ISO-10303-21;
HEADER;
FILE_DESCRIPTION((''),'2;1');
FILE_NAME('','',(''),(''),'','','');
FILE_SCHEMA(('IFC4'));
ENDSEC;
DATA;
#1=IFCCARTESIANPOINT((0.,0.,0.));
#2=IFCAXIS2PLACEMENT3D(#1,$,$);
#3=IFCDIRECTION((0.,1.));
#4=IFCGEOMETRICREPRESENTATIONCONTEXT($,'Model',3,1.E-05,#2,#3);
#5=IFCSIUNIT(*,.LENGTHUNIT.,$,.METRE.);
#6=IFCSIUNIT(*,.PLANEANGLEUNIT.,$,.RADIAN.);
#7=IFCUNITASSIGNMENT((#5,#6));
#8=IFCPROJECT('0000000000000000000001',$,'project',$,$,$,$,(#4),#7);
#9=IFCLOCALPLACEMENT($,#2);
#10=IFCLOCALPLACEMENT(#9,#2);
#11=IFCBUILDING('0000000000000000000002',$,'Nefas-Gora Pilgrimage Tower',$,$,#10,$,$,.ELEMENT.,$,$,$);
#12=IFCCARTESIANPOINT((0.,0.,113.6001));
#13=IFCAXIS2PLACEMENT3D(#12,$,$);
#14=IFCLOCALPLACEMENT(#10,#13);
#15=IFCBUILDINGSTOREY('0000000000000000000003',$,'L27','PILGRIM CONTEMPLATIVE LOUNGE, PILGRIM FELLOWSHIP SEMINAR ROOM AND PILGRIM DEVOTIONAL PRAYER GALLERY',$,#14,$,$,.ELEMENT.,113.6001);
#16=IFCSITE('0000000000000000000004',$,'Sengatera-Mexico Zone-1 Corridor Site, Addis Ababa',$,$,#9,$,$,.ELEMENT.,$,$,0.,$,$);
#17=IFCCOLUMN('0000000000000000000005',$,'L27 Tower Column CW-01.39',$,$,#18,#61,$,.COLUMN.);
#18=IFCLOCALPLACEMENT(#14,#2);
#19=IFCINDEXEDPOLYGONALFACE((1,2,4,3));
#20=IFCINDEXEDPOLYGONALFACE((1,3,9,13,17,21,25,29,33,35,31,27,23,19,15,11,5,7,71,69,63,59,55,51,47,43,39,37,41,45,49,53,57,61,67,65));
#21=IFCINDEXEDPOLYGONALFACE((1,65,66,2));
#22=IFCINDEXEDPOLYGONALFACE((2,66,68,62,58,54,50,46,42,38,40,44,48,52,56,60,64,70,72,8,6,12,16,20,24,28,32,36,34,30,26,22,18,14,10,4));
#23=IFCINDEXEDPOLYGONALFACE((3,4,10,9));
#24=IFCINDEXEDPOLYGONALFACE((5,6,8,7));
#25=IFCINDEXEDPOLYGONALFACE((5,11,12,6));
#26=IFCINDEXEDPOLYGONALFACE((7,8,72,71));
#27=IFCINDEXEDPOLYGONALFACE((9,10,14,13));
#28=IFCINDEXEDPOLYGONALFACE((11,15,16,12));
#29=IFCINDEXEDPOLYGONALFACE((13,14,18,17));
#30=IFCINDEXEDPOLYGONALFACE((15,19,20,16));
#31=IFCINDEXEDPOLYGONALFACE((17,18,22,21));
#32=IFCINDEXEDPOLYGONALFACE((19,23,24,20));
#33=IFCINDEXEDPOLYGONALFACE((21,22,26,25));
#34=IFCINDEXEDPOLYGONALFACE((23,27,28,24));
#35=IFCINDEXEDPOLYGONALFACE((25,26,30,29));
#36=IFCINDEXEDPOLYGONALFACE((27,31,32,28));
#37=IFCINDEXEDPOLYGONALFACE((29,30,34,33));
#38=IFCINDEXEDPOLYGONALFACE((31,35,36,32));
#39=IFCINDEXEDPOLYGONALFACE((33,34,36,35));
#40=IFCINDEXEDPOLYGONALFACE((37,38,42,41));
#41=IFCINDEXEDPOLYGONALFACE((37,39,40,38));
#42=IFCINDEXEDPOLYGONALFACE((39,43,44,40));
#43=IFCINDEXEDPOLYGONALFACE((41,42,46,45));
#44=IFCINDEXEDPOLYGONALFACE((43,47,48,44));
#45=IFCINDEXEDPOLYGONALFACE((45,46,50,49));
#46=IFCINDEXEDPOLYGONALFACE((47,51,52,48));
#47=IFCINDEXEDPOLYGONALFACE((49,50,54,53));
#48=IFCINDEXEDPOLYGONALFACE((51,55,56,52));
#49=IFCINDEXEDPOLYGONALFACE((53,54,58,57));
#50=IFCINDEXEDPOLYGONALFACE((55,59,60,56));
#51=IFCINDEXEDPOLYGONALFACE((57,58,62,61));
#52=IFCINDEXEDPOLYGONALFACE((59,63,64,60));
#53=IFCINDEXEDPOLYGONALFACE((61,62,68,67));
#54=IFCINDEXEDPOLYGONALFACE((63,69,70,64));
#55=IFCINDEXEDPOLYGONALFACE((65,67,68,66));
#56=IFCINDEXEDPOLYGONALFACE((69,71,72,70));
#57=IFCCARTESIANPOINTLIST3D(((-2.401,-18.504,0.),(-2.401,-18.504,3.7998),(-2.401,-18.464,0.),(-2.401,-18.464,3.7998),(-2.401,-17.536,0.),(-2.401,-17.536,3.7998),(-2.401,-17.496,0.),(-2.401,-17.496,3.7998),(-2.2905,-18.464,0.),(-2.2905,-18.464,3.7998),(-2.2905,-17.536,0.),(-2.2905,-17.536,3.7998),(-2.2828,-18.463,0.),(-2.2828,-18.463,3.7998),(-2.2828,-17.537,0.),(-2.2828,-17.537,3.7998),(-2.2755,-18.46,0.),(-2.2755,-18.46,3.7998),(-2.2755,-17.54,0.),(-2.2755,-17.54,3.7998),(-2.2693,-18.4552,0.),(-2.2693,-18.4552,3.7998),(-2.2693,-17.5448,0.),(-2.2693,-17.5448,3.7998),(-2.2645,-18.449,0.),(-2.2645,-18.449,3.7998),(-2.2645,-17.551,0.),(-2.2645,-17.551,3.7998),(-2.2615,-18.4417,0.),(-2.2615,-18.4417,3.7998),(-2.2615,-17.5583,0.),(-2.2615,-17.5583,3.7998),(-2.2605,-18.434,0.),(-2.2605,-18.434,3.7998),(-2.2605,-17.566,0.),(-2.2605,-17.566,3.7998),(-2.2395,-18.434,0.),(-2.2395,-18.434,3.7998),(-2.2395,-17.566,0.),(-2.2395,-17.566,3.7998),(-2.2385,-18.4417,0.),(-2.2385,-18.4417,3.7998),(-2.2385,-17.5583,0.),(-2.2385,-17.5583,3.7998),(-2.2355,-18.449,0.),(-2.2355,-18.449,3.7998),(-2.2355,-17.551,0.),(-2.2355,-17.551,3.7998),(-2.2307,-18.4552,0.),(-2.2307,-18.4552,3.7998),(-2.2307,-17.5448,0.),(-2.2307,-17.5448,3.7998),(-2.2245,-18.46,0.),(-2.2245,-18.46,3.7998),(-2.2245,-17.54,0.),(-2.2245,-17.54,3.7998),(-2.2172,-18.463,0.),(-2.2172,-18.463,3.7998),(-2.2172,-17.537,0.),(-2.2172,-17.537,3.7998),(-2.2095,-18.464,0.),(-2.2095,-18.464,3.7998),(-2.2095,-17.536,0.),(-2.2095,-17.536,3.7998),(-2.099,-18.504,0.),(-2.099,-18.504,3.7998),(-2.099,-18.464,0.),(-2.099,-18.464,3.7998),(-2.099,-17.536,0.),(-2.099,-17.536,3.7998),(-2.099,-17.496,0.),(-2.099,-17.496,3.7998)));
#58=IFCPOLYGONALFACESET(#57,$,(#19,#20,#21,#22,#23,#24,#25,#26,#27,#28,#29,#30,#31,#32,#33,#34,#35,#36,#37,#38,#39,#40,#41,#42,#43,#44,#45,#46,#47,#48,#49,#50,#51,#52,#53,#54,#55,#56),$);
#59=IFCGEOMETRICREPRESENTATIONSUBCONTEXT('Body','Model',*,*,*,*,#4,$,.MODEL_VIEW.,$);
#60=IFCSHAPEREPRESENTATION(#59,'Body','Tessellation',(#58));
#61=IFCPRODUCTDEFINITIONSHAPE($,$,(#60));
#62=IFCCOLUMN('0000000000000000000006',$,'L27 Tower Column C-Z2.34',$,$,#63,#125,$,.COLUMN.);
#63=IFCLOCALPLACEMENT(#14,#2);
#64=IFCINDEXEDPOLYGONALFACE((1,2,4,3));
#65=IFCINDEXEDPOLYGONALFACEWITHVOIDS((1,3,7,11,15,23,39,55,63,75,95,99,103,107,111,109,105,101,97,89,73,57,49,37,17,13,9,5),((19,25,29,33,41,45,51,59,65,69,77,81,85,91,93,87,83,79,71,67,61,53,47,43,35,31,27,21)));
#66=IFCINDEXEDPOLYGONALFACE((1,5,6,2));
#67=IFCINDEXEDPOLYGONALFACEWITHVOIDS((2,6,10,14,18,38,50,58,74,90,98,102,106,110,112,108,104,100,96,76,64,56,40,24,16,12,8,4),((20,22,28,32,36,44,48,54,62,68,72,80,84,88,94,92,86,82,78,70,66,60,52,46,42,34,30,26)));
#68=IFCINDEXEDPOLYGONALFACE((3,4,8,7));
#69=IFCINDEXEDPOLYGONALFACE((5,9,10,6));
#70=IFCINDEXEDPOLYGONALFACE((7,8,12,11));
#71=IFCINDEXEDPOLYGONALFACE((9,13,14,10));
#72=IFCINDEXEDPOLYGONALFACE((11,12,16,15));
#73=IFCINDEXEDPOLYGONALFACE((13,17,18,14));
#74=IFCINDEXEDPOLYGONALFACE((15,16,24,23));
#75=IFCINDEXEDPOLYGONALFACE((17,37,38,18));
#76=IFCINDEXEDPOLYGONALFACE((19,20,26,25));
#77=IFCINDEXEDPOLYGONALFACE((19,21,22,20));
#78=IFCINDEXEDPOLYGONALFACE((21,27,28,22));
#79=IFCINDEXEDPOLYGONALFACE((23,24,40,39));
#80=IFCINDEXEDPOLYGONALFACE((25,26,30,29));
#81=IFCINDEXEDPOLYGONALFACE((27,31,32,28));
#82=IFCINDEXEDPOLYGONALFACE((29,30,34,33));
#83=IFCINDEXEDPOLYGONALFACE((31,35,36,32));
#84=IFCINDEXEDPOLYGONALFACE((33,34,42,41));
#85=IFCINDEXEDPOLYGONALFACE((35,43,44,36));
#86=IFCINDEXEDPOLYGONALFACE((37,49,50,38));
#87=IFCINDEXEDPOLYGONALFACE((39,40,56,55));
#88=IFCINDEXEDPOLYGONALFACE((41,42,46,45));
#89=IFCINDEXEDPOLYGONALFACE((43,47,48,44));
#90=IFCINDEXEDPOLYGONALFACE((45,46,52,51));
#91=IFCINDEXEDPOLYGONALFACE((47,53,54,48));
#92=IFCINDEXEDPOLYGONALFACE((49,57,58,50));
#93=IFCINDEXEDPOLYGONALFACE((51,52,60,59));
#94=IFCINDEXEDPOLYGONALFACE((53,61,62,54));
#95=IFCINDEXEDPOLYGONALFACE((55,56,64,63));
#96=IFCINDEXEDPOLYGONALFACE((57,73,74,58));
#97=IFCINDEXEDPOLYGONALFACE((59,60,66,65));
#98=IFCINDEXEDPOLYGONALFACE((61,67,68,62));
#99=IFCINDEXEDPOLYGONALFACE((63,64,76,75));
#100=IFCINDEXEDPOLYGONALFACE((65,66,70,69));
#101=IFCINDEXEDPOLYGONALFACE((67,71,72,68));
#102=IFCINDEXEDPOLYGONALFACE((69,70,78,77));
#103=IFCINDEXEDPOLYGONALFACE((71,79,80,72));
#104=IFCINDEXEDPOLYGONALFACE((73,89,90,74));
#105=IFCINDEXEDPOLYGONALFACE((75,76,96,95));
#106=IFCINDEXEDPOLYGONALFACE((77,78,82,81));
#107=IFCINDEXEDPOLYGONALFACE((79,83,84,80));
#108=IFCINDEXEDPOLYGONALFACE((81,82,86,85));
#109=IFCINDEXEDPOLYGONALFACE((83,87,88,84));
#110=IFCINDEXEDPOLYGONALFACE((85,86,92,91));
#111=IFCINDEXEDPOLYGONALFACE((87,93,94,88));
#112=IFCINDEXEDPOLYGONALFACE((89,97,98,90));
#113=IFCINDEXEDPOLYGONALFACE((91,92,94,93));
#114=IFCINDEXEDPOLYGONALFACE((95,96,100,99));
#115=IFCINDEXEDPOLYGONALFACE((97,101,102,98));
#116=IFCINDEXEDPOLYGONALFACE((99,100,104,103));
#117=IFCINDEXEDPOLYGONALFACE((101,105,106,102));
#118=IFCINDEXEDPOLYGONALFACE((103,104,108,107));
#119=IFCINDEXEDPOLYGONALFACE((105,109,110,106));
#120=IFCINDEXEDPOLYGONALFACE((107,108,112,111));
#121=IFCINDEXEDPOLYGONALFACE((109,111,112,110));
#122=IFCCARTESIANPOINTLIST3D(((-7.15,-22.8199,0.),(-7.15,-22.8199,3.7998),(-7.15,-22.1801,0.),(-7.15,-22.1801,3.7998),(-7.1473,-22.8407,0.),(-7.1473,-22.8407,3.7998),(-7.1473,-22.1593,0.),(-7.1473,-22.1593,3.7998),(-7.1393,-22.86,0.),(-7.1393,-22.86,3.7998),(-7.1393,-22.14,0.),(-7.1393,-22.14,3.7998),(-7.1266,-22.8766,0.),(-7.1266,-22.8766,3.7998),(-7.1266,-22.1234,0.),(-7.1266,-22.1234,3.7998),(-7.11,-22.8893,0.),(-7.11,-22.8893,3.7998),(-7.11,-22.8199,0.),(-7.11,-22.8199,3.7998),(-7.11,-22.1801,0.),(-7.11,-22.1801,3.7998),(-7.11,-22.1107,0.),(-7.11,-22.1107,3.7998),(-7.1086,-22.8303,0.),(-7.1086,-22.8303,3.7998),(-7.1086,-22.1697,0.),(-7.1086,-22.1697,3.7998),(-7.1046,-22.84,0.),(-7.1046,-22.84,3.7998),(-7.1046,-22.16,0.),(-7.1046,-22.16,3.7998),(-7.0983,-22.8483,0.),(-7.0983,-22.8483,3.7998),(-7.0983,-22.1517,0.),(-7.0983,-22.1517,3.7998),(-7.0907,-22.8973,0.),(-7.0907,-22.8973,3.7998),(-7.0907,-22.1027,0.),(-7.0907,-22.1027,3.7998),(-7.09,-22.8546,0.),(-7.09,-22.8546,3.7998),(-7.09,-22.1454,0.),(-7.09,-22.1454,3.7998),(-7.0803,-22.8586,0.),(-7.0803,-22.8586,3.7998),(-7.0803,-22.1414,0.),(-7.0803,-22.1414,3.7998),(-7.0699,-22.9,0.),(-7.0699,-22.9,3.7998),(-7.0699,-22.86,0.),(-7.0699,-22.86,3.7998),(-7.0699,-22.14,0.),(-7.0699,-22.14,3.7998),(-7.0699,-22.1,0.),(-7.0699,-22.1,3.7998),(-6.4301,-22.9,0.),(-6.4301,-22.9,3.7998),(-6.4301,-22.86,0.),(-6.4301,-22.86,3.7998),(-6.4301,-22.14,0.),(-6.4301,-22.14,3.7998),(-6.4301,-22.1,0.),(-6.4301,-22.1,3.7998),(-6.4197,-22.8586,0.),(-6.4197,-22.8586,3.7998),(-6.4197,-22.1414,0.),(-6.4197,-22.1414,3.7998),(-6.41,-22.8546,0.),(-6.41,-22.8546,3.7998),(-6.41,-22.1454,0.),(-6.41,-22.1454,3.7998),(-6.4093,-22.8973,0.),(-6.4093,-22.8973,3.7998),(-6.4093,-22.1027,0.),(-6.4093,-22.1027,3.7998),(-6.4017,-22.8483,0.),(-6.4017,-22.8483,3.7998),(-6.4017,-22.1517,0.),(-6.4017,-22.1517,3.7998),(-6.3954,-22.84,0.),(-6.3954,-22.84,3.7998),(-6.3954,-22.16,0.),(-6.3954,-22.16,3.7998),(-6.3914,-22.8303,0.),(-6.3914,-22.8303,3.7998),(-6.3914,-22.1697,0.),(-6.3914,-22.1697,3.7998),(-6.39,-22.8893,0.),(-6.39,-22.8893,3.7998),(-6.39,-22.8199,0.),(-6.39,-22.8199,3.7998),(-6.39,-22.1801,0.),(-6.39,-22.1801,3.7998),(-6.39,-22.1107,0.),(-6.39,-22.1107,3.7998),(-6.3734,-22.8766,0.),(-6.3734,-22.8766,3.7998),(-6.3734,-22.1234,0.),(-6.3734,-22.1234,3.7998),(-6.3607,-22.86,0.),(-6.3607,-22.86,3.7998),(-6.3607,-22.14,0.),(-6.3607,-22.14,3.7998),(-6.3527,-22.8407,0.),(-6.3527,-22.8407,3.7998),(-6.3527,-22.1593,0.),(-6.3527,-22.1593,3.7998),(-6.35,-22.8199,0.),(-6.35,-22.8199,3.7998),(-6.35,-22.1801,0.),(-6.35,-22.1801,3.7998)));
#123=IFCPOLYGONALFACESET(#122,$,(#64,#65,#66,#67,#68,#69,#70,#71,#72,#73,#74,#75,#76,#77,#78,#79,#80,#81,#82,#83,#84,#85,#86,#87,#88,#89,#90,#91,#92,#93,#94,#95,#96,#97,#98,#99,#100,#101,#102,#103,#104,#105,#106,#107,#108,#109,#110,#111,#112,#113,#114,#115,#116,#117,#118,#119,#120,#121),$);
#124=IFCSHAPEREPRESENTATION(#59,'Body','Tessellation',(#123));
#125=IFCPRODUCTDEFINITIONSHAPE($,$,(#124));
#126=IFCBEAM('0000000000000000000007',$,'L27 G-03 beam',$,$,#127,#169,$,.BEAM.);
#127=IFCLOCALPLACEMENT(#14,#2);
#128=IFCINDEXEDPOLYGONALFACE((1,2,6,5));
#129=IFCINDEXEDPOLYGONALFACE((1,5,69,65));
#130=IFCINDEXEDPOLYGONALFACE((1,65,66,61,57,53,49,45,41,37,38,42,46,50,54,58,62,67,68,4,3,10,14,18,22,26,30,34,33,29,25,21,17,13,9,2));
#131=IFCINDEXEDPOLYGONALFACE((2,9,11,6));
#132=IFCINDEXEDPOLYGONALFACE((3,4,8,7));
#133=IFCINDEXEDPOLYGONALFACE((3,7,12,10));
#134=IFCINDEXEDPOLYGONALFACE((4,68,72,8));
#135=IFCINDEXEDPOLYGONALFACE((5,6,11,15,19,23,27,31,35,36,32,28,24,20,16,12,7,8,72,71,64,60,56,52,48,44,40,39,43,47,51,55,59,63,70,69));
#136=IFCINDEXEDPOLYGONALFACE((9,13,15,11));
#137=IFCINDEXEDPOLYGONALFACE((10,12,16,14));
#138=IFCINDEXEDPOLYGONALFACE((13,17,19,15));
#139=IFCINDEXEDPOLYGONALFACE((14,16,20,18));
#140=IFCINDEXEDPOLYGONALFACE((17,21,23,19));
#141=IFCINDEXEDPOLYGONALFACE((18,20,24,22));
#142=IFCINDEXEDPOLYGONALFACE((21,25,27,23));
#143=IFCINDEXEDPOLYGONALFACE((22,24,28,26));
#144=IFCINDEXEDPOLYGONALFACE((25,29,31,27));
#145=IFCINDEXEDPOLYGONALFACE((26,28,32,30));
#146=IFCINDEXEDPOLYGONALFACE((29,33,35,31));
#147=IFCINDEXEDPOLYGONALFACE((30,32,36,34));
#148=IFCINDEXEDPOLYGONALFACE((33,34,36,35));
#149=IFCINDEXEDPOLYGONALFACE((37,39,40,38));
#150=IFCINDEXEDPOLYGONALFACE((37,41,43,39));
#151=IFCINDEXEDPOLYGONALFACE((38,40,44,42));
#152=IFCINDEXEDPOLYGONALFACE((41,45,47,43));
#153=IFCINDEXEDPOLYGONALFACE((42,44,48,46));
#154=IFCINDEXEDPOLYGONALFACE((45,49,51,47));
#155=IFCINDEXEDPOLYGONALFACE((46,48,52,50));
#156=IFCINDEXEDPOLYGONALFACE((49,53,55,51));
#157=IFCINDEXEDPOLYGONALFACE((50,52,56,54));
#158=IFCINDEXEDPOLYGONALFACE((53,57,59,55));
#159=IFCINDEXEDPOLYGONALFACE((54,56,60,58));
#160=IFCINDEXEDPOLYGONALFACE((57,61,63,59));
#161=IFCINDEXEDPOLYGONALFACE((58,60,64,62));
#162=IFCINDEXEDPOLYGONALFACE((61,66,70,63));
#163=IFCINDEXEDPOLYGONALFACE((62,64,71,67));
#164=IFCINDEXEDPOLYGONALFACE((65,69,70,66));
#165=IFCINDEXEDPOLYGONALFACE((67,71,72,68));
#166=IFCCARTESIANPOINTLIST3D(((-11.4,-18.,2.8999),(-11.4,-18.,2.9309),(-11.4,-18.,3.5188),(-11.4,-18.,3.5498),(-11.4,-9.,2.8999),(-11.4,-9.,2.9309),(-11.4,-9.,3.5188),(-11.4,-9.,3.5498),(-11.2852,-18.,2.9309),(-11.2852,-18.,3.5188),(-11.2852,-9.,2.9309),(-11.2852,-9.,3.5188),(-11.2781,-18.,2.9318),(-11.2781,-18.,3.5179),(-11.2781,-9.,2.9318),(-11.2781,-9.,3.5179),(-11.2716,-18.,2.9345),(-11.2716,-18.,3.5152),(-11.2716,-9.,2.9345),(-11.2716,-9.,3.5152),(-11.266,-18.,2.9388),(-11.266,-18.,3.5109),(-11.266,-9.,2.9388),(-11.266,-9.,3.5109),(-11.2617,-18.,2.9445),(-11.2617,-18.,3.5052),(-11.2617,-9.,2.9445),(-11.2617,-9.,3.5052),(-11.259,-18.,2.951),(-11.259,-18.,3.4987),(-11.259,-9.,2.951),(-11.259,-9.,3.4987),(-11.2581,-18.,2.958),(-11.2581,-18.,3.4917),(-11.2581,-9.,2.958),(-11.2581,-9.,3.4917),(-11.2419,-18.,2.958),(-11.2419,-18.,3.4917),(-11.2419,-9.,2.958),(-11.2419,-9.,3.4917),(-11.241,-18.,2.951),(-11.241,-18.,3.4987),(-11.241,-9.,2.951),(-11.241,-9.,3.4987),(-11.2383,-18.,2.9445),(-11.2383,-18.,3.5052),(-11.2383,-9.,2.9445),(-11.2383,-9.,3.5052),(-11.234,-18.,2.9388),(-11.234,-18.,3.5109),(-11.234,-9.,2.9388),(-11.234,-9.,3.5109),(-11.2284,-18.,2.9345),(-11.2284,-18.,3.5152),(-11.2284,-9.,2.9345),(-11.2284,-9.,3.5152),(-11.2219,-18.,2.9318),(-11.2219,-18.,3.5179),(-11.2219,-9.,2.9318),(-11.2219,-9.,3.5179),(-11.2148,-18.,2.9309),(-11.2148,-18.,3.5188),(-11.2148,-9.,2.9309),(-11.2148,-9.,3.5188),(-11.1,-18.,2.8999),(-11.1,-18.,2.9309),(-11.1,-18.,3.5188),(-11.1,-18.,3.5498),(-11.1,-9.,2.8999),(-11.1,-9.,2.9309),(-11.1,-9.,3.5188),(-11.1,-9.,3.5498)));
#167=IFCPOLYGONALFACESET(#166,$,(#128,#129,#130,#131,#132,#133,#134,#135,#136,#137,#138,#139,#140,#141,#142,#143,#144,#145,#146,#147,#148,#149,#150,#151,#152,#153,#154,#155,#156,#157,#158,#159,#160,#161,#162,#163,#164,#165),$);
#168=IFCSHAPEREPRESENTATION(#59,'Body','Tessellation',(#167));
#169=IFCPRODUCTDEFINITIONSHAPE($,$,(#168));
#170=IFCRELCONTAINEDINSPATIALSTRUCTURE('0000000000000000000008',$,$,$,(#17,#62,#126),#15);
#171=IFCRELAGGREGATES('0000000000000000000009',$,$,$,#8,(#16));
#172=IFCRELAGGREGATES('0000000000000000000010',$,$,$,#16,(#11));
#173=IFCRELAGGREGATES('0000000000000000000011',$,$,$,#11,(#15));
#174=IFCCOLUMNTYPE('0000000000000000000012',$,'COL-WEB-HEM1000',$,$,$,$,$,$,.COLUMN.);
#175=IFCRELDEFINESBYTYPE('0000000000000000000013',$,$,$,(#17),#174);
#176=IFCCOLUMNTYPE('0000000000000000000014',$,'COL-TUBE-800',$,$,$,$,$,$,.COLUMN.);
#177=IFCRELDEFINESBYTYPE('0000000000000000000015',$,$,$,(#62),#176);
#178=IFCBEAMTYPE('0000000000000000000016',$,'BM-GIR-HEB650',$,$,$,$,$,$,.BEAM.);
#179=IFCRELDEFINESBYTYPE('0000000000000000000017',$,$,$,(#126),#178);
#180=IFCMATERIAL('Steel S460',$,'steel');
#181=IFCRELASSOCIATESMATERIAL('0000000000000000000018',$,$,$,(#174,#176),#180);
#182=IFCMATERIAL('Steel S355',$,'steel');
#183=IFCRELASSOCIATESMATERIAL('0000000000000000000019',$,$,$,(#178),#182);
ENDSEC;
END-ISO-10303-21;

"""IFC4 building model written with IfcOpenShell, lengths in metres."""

from ifc_helpers import new_model, si_unit, direction, frame, origin, origin_2d, place, context, subcontext, project, spatial, hollow_rectangle, i_section, extrude, source, transform, mapped, material, material_profile, profile_set, type_object, element, save


model = new_model("IFC4")

# Units and contexts
model_context = context("Model", 3, precision=1e-05, world=origin(), true_north=direction((0.0, 1.0)))
body_context = subcontext(model_context, "Body", "Model", "MODEL_VIEW")
ifc_project = project(units=[si_unit("LENGTHUNIT", "METRE"), si_unit("PLANEANGLEUNIT", "RADIAN")], contexts=[model_context])

# Site, building, storey
site_placement = place(None, origin())
site = spatial("IfcSite", under=ifc_project, at=site_placement, Name="Sengatera-Mexico Zone-1 Corridor Site, Addis Ababa", CompositionType="ELEMENT", RefElevation=0.0)
building_placement = place(site_placement, origin())
building = spatial("IfcBuilding", under=site, at=building_placement, Name="Nefas-Gora Pilgrimage Tower", CompositionType="ELEMENT")
storey_placement = place(building_placement, frame((0.0, 0.0, 113.6001)))
storey = spatial("IfcBuildingStorey", under=building, at=storey_placement, Name="L27", Description="PILGRIM CONTEMPLATIVE LOUNGE, PILGRIM FELLOWSHIP SEMINAR ROOM AND PILGRIM DEVOTIONAL PRAYER GALLERY", CompositionType="ELEMENT", Elevation=113.6001)

# Columns
ifc_material_1 = material(Name="Steel S460", Category="steel")
ifc_material_profile_1 = material_profile(ifc_material_1, i_section(OverallWidth=0.302, OverallDepth=1.0081, WebThickness=0.021, FlangeThickness=0.04, FilletRadius=0.03, at=origin_2d()), Name="HEM 1000")
ifc_profile_set_1 = profile_set([ifc_material_profile_1], Name="Steel S460")
column_type_1 = type_object("IfcColumnType", Name="COL-WEB-HEM1000", PredefinedType="COLUMN", material=ifc_profile_set_1)
shared_shape_1 = source(origin(), body_context, "Body", "SweptSolid", [
    extrude(i_section(OverallWidth=0.302, OverallDepth=1.0081, WebThickness=0.021, FlangeThickness=0.04, FilletRadius=0.03, at=origin_2d()), origin(), (0.0, 0.0, 1.0), 3.7998),
])
for number, where, z_axis, x_axis, name in (
    (1, (-2.25, -18.0, 0.0), (0.0, 0.0, 1.0), (1.0, 0.0, 0.0), "L27 Tower Column CW-01.39"),
):
    element("IfcColumn", number, at=place(storey_placement, frame(where, z_axis=z_axis, x_axis=x_axis)), inside=storey, type_object=column_type_1, Name=name, PredefinedType="COLUMN", context=body_context, shape_type="MappedRepresentation", body=[
        mapped(shared_shape_1, transform((0.0, 0.0, 0.0), x_axis=(1.0, 0.0, 0.0), y_axis=(0.0, 1.0, 0.0), z_axis=(0.0, 0.0, 1.0), scale=1.0)),
    ])
ifc_material_profile_2 = material_profile(ifc_material_1, hollow_rectangle(XDim=0.8, YDim=0.8, WallThickness=0.04, InnerFilletRadius=0.04, OuterFilletRadius=0.0801, at=origin_2d()), Name="BOX 800x800x40")
ifc_profile_set_2 = profile_set([ifc_material_profile_2], Name="Steel S460")
column_type_2 = type_object("IfcColumnType", Name="COL-TUBE-800", PredefinedType="COLUMN", material=ifc_profile_set_2)
shared_shape_2 = source(origin(), body_context, "Body", "SweptSolid", [
    extrude(hollow_rectangle(XDim=0.8, YDim=0.8, WallThickness=0.04, InnerFilletRadius=0.04, OuterFilletRadius=0.0801, at=origin_2d()), origin(), (0.0, 0.0, 1.0), 3.7998),
])
column_placement = place(storey_placement, frame((-6.75, -22.5, 0.0), z_axis=(0.0, 0.0, 1.0), x_axis=(1.0, 0.0, 0.0)))
element("IfcColumn", 2, at=column_placement, inside=storey, type_object=column_type_2, Name="L27 Tower Column C-Z2.34", PredefinedType="COLUMN", context=body_context, shape_type="MappedRepresentation", body=[
    mapped(shared_shape_2, transform((0.0, 0.0, 0.0), x_axis=(1.0, 0.0, 0.0), y_axis=(0.0, 1.0, 0.0), z_axis=(0.0, 0.0, 1.0), scale=1.0)),
])

# Beam
ifc_material_2 = material(Name="Steel S355", Category="steel")
ifc_material_profile_3 = material_profile(ifc_material_2, i_section(OverallWidth=0.3, OverallDepth=0.6499, WebThickness=0.0161, FlangeThickness=0.031, FilletRadius=0.0271, at=origin_2d()), Name="HEB 650")
ifc_profile_set_3 = profile_set([ifc_material_profile_3], Name="Steel S355")
beam_type = type_object("IfcBeamType", Name="BM-GIR-HEB650", PredefinedType="BEAM", material=ifc_profile_set_3)
shared_shape_3 = source(origin(), body_context, "Body", "SweptSolid", [
    extrude(i_section(OverallWidth=0.3, OverallDepth=0.6499, WebThickness=0.0161, FlangeThickness=0.031, FilletRadius=0.0271, at=origin_2d()), origin(), (0.0, 0.0, 1.0), 9.0),
])
beam_placement = place(storey_placement, frame((-11.25, -18.0, 3.2249), z_axis=(0.0, 1.0, 0.0), x_axis=(-1.0, 0.0, 0.0)))
element("IfcBeam", 3, at=beam_placement, inside=storey, type_object=beam_type, Name="L27 G-03 beam", PredefinedType="BEAM", context=body_context, shape_type="MappedRepresentation", body=[
    mapped(shared_shape_3, transform((0.0, 0.0, 0.0), x_axis=(1.0, 0.0, 0.0), y_axis=(0.0, 1.0, 0.0), z_axis=(0.0, 0.0, 1.0), scale=1.0)),
])

save(model, "model.ifc")
